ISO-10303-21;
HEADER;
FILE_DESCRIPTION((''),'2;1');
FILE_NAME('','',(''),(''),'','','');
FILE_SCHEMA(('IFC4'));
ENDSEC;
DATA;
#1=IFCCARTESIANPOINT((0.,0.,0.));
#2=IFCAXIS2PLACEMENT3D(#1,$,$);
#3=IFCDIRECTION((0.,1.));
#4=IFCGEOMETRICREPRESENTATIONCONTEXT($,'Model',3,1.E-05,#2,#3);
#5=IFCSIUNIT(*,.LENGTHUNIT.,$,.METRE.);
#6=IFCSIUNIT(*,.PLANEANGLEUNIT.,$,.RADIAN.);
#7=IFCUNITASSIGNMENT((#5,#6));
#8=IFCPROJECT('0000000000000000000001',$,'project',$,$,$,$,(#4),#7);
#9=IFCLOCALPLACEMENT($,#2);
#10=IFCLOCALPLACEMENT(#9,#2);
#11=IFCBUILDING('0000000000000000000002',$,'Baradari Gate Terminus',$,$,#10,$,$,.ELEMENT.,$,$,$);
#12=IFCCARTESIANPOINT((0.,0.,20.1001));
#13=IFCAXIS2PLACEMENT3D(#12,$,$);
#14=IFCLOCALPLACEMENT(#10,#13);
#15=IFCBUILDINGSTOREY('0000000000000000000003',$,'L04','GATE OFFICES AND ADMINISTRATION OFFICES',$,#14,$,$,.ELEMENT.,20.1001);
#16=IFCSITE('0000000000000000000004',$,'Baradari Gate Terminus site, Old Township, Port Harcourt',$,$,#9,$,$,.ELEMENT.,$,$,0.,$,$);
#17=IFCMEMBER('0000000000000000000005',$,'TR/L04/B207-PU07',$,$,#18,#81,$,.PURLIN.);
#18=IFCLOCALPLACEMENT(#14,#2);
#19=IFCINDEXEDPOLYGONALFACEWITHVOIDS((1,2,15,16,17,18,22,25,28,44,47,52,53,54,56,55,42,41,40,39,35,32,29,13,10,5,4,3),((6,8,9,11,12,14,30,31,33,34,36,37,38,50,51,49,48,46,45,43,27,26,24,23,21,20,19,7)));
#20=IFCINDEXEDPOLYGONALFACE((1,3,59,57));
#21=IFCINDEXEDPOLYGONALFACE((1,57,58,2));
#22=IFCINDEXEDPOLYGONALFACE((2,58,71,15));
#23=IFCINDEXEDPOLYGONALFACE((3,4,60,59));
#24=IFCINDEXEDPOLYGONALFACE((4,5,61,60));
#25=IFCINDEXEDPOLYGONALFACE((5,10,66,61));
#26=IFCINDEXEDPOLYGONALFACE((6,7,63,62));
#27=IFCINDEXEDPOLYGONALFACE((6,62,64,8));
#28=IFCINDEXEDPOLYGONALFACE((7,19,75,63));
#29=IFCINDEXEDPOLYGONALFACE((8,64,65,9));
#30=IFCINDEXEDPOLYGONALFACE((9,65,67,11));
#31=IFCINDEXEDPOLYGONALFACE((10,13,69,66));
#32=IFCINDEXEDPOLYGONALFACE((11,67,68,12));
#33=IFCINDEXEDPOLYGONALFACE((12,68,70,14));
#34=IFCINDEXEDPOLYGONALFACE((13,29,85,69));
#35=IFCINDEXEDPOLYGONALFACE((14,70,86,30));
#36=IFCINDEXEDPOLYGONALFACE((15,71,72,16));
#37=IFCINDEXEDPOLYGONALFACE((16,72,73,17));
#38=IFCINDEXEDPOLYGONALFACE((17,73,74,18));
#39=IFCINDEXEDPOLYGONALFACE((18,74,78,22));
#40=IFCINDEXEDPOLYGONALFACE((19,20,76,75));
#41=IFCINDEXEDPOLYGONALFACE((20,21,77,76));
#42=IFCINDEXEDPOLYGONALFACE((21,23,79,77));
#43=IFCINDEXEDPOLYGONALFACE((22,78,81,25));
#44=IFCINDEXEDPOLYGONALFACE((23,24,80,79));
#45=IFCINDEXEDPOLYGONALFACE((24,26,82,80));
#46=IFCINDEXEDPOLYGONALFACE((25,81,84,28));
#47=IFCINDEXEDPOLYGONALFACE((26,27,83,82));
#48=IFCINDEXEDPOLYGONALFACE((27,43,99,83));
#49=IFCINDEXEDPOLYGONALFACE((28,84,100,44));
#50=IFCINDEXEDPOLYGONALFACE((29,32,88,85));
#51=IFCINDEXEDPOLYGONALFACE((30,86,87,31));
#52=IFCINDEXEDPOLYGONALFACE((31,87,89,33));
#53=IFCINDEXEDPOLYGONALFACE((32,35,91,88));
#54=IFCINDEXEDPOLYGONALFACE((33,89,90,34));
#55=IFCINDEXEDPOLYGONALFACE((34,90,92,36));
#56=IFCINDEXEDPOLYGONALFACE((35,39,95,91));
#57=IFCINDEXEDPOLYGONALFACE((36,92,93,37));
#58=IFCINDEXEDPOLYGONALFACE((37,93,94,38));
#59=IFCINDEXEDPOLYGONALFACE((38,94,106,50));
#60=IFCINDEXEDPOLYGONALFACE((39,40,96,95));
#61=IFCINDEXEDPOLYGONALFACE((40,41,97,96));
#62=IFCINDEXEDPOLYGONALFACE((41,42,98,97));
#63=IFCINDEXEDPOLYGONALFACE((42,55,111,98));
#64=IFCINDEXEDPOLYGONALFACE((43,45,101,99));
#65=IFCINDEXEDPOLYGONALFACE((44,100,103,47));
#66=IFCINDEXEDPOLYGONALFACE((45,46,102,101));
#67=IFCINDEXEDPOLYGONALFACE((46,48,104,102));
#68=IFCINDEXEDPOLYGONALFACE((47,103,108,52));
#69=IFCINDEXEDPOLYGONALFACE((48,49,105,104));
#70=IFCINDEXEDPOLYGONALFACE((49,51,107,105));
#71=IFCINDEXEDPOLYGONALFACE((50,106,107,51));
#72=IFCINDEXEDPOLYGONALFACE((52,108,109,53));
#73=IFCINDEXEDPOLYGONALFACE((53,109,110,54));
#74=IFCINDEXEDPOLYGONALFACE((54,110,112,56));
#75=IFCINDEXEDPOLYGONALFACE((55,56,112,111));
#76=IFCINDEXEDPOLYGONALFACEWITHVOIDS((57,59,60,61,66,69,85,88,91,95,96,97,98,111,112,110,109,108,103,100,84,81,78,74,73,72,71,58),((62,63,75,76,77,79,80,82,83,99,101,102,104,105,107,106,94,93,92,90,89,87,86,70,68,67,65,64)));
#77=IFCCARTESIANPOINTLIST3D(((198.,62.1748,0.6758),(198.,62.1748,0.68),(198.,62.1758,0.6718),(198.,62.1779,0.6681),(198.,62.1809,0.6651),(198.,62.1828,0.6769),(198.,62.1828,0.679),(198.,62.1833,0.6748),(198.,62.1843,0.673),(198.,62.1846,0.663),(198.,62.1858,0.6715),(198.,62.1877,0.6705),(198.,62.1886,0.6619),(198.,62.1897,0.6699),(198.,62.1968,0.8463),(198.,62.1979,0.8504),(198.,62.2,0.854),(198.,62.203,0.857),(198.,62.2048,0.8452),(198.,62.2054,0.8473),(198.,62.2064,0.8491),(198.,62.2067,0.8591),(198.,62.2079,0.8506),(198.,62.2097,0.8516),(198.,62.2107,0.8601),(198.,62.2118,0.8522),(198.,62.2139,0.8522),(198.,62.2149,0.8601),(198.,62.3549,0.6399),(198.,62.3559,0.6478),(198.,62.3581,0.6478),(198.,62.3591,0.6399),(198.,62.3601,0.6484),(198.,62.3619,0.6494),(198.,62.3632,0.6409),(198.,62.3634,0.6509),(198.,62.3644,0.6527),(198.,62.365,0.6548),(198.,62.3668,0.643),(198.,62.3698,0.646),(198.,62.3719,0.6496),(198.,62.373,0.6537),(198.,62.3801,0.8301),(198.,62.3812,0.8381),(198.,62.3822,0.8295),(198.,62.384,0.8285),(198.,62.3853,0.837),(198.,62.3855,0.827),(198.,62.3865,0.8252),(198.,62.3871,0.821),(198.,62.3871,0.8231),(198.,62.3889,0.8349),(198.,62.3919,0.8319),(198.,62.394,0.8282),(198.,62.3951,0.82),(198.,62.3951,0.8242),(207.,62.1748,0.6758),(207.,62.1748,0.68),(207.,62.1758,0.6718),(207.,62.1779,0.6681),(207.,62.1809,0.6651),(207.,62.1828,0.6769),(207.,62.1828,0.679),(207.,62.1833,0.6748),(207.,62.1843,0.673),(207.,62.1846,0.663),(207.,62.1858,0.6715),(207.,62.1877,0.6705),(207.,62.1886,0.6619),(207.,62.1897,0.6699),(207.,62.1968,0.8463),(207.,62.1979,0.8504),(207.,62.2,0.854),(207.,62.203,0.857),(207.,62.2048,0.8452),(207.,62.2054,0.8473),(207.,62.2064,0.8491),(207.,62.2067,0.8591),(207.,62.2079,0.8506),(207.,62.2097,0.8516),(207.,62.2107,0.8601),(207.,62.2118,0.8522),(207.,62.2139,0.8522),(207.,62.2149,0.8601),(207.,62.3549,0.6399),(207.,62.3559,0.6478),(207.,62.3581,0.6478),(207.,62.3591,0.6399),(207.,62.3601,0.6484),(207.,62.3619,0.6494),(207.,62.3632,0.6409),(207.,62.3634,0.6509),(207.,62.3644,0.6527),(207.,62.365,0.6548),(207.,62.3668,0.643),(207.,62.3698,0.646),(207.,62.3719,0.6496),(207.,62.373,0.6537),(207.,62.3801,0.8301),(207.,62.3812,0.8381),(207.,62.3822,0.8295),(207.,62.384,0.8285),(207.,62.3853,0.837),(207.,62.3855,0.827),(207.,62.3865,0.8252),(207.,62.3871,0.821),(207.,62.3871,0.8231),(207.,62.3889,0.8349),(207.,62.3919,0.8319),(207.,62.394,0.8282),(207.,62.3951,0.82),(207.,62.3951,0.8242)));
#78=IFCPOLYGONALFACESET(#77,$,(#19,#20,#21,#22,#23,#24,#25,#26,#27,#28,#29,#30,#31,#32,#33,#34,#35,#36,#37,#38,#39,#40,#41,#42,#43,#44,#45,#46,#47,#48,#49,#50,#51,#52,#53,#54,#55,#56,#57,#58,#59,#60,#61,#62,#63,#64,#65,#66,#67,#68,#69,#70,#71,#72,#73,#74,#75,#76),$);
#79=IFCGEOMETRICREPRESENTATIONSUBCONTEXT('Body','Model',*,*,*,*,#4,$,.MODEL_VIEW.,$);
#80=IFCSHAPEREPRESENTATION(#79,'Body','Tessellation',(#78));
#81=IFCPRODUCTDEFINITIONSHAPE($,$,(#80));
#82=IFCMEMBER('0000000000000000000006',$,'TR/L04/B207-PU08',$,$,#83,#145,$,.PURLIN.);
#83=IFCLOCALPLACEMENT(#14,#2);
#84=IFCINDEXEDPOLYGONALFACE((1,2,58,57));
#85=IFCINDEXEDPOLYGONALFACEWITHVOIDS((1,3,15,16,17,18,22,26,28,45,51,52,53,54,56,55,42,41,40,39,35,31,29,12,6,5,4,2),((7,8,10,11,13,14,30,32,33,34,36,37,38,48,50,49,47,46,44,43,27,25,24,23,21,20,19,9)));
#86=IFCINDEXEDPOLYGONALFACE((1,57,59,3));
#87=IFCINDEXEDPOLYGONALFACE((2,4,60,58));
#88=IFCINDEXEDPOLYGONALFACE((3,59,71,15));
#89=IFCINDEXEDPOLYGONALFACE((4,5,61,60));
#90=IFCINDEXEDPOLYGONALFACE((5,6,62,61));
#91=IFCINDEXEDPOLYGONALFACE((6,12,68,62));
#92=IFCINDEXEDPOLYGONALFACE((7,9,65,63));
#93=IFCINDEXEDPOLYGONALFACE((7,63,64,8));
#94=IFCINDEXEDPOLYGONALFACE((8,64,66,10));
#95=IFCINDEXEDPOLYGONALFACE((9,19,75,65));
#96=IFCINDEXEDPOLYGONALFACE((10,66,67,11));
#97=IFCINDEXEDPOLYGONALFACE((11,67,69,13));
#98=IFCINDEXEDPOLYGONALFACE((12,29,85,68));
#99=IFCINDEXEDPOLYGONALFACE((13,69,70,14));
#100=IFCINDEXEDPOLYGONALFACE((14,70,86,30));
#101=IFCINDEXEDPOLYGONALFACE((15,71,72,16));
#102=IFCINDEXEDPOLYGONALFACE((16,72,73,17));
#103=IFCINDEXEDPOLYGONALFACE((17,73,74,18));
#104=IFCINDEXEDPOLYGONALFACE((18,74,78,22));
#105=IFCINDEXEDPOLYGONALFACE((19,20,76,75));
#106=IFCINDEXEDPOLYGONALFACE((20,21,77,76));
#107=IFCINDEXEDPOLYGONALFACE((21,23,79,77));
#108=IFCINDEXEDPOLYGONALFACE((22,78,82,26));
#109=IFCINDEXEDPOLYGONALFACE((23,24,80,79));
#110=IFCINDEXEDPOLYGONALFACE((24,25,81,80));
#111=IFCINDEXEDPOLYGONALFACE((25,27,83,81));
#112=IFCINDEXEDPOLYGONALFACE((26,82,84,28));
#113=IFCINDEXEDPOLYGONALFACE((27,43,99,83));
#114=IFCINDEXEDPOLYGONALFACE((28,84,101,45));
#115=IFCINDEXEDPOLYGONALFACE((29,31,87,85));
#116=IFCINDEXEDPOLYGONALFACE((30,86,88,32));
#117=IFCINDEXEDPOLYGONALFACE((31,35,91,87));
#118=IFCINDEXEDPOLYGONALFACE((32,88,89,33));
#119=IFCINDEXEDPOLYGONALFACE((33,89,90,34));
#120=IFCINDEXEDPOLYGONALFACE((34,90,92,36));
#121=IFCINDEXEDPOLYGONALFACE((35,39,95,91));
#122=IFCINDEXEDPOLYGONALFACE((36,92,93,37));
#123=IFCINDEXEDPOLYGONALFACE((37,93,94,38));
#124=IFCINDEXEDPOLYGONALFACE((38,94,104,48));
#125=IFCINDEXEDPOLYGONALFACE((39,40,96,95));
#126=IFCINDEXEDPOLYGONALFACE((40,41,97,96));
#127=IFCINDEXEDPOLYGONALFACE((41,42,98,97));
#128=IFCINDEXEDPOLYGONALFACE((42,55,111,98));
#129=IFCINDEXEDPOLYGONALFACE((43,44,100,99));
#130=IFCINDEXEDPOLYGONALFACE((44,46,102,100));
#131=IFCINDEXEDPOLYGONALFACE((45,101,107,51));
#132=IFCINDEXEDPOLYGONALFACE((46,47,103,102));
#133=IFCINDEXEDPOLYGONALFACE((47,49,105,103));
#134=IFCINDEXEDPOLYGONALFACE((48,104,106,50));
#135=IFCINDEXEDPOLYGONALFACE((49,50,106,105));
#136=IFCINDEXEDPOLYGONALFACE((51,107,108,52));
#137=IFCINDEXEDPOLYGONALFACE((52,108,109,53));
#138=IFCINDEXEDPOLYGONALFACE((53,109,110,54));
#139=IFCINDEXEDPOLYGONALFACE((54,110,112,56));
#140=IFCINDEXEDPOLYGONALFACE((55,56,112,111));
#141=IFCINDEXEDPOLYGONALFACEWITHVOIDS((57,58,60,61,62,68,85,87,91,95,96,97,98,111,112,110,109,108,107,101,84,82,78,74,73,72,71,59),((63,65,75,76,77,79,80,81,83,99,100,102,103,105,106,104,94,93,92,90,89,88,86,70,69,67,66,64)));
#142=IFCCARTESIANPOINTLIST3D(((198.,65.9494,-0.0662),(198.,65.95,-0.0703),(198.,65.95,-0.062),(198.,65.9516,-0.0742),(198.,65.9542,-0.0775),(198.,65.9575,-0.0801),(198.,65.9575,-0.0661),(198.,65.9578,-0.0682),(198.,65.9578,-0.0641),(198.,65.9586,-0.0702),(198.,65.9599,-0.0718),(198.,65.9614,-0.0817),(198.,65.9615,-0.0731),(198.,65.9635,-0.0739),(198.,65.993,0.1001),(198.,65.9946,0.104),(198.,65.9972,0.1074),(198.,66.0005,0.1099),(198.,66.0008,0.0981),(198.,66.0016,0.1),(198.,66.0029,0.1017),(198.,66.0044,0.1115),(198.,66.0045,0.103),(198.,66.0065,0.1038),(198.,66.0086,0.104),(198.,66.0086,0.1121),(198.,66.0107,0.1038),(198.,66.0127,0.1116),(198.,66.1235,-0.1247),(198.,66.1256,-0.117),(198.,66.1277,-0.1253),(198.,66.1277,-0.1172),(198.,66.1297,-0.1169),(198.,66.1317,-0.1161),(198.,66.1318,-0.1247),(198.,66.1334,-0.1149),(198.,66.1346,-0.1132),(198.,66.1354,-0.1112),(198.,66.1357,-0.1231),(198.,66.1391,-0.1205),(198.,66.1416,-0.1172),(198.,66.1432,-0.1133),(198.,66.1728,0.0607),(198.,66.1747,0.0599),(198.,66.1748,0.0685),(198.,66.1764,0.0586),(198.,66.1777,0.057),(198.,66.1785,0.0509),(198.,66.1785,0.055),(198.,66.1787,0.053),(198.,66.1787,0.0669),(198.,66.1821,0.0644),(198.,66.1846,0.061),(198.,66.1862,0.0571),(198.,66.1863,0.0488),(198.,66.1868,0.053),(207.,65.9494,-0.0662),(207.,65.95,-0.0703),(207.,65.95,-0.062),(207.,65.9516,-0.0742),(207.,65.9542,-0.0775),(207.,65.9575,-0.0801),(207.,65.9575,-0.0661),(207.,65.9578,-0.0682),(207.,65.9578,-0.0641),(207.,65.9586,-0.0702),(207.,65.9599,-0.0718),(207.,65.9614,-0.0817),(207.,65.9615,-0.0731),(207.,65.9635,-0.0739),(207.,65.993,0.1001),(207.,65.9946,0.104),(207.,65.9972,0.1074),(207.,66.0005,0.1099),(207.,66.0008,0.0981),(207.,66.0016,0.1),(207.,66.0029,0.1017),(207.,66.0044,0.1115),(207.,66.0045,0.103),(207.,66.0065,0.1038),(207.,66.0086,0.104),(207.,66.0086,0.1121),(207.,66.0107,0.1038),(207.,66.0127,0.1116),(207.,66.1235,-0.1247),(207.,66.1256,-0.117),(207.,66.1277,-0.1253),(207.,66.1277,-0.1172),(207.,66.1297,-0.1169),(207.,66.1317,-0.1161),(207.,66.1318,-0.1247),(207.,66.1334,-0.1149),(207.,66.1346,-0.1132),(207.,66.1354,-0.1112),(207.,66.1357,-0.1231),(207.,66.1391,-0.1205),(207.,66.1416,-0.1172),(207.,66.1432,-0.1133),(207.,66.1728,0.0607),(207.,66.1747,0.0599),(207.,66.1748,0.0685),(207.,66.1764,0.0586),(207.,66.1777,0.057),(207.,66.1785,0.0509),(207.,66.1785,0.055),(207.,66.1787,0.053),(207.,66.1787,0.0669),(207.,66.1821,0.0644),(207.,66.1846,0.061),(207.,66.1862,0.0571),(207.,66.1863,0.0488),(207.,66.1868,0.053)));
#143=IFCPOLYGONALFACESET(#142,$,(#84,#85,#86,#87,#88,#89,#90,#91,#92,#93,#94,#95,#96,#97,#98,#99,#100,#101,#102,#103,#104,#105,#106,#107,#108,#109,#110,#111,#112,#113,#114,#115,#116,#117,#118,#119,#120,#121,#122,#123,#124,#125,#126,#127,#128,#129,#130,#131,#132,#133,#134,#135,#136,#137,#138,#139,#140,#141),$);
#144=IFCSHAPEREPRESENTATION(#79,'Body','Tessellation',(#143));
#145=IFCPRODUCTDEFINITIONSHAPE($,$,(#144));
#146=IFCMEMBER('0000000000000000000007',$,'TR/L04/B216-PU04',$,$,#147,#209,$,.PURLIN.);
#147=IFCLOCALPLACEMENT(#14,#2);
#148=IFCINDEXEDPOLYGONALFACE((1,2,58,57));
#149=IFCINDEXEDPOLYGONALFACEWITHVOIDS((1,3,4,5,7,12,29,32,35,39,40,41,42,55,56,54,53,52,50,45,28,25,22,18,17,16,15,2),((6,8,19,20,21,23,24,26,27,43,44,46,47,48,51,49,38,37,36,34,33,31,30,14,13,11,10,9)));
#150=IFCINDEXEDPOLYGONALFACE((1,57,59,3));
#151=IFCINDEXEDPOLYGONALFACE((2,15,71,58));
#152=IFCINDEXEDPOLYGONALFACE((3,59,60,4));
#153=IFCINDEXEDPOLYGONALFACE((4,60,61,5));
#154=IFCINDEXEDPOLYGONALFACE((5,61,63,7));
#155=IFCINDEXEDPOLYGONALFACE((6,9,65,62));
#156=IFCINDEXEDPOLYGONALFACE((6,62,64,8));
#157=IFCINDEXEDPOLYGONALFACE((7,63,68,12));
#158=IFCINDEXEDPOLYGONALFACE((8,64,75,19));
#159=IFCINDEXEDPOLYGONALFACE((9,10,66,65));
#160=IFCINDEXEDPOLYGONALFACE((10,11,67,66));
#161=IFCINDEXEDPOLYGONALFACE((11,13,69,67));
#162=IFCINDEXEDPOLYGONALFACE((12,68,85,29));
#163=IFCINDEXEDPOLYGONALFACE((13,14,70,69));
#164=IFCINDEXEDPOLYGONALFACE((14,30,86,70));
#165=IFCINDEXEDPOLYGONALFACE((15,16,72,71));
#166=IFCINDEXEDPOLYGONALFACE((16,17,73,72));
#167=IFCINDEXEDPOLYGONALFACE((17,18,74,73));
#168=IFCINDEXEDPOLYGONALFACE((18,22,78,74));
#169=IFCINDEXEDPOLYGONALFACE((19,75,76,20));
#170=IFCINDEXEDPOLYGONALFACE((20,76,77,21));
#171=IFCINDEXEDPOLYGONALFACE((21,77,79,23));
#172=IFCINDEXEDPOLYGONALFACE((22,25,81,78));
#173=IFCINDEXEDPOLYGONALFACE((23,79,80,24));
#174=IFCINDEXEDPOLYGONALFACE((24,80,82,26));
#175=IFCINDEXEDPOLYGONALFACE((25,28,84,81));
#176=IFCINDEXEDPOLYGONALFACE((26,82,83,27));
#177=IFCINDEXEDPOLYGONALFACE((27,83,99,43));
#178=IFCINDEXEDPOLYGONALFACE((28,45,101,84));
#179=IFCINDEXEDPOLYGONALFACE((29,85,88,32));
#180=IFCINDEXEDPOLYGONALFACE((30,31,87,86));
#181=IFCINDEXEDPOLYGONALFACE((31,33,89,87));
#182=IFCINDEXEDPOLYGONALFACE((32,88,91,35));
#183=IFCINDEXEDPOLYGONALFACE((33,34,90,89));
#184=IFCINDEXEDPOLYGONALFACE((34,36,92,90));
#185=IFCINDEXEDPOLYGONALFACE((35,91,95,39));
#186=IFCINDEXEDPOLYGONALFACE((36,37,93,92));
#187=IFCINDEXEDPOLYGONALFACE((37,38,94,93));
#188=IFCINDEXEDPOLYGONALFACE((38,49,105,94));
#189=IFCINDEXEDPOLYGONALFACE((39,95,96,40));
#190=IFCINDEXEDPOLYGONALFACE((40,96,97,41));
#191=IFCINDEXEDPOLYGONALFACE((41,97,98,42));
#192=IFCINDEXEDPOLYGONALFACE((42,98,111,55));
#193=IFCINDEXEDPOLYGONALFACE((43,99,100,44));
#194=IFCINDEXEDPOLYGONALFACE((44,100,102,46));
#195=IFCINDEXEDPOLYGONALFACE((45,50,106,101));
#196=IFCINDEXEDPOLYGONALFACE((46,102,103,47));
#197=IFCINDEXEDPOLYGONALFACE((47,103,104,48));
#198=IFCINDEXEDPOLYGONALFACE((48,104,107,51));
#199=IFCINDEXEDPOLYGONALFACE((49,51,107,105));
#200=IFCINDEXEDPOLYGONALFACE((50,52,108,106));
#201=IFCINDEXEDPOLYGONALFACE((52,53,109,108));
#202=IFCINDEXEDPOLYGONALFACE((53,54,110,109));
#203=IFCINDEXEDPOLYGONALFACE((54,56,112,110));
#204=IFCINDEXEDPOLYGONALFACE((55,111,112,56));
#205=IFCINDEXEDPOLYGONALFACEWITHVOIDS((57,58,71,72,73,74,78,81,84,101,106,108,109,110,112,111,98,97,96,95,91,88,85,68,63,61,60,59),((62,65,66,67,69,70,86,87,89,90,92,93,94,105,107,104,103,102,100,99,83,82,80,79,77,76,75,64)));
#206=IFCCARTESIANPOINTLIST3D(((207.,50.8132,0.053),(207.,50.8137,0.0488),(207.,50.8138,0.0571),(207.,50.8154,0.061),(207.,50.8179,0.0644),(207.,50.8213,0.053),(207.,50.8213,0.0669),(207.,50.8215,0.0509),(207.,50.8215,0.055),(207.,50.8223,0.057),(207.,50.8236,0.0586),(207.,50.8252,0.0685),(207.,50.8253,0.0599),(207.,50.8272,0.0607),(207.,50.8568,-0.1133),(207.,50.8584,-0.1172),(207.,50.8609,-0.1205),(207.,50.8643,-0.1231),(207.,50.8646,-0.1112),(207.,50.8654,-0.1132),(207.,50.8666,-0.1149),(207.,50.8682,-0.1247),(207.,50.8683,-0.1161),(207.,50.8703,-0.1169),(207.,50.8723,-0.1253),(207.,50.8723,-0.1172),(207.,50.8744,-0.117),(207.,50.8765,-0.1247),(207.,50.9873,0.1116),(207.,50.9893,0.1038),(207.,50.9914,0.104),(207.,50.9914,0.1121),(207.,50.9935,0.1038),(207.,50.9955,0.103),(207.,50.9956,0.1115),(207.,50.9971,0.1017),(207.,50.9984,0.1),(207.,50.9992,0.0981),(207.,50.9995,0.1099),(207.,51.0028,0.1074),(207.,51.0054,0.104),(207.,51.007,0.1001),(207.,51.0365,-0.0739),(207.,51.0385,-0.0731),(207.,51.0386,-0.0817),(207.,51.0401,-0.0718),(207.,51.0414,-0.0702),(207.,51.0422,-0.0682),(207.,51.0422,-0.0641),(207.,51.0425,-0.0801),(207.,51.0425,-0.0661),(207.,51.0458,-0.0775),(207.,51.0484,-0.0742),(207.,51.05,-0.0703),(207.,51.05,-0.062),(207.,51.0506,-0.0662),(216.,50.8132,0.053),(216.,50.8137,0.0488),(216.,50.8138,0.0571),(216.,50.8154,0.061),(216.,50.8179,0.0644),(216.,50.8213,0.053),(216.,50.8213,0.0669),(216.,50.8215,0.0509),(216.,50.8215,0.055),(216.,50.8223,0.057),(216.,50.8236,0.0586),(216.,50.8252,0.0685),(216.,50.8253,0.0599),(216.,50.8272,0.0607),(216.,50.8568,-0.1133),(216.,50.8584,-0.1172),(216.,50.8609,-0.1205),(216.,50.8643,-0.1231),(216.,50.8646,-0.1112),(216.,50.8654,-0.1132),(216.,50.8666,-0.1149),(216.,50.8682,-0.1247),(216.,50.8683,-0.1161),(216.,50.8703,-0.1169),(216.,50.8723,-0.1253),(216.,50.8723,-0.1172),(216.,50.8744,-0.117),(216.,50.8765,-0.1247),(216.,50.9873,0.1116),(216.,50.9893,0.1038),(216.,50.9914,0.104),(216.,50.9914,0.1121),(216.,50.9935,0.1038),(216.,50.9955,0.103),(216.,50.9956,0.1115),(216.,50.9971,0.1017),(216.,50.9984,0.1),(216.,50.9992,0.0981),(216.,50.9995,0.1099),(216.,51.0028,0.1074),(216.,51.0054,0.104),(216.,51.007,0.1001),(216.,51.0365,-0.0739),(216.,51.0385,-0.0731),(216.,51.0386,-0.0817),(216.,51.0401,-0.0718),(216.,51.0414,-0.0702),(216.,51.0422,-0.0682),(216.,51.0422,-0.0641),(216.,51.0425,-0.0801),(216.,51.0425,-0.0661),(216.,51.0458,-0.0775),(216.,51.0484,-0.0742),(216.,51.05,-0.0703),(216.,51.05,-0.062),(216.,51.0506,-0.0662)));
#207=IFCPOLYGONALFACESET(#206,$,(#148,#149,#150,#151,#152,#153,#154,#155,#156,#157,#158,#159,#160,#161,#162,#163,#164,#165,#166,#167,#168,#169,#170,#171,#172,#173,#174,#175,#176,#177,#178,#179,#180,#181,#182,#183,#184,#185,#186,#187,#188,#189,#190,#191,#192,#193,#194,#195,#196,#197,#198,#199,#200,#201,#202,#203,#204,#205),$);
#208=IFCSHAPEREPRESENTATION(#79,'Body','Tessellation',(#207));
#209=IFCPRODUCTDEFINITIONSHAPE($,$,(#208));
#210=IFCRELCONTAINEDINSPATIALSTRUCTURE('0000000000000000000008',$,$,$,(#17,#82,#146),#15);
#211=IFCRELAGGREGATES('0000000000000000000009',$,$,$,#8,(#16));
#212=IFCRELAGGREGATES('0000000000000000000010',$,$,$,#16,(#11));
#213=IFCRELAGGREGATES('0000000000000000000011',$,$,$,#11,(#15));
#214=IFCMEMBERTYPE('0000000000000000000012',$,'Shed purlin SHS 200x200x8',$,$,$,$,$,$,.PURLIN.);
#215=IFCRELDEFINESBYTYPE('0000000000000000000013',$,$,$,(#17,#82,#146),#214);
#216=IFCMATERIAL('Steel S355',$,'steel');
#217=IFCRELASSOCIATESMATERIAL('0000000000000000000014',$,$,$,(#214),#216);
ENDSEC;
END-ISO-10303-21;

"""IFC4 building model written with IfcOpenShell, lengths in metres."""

from ifc_helpers import new_model, si_unit, direction, frame, origin, origin_2d, place, context, subcontext, project, spatial, hollow_rectangle, extrude, material, material_profile, profile_set, type_object, element, save


model = new_model("IFC4")

# Units and contexts
model_context = context("Model", 3, precision=1e-05, world=origin(), true_north=direction((0.0, 1.0)))
body_context = subcontext(model_context, "Body", "Model", "MODEL_VIEW")
ifc_project = project(units=[si_unit("LENGTHUNIT", "METRE"), si_unit("PLANEANGLEUNIT", "RADIAN")], contexts=[model_context])

# Site, building, storey
site_placement = place(None, origin())
site = spatial("IfcSite", under=ifc_project, at=site_placement, Name="Baradari Gate Terminus site, Old Township, Port Harcourt", CompositionType="ELEMENT", RefElevation=0.0)
building_placement = place(site_placement, origin())
building = spatial("IfcBuilding", under=site, at=building_placement, Name="Baradari Gate Terminus", CompositionType="ELEMENT")
storey_placement = place(building_placement, frame((0.0, 0.0, 20.1001)))
storey = spatial("IfcBuildingStorey", under=building, at=storey_placement, Name="L04", Description="GATE OFFICES AND ADMINISTRATION OFFICES", CompositionType="ELEMENT", Elevation=20.1001)

# Members
ifc_material_1 = material(Name="Steel S355", Category="steel")
ifc_material_profile_1 = material_profile(ifc_material_1, hollow_rectangle(XDim=0.2, YDim=0.2, WallThickness=0.0081, InnerFilletRadius=0.0081, OuterFilletRadius=0.0161, at=origin_2d()), Name="SHS 200x200x8")
ifc_profile_set_1 = profile_set([ifc_material_profile_1], Name="Steel S355")
member_type_1 = type_object("IfcMemberType", Name="Shed purlin SHS 200x200x8", PredefinedType="PURLIN", material=ifc_profile_set_1)
for number, where, z_axis, x_axis, name in (
    (1, (198.0, 62.2849, 0.75), (1.0, 0.0, 0.0), (0.0, 0.991303, -0.131599), "TR/L04/B207-PU07"),
    (2, (198.0, 66.0681, -0.0066), (1.0, 0.0, 0.0), (0.0, 0.9665, -0.256668), "TR/L04/B207-PU08"),
    (3, (207.0, 50.9319, -0.0066), (1.0, 0.0, 0.0), (0.0, 0.9665, 0.256668), "TR/L04/B216-PU04"),
):
    element("IfcMember", number, at=place(storey_placement, frame(where, z_axis=z_axis, x_axis=x_axis)), inside=storey, type_object=member_type_1, Name=name, PredefinedType="PURLIN", context=body_context, shape_type="SweptSolid", body=[
        extrude(hollow_rectangle(XDim=0.2, YDim=0.2, WallThickness=0.0081, InnerFilletRadius=0.0081, OuterFilletRadius=0.0161, at=origin_2d()), origin(), (0.0, 0.0, 1.0), 9.0),
    ])

save(model, "model.ifc")
